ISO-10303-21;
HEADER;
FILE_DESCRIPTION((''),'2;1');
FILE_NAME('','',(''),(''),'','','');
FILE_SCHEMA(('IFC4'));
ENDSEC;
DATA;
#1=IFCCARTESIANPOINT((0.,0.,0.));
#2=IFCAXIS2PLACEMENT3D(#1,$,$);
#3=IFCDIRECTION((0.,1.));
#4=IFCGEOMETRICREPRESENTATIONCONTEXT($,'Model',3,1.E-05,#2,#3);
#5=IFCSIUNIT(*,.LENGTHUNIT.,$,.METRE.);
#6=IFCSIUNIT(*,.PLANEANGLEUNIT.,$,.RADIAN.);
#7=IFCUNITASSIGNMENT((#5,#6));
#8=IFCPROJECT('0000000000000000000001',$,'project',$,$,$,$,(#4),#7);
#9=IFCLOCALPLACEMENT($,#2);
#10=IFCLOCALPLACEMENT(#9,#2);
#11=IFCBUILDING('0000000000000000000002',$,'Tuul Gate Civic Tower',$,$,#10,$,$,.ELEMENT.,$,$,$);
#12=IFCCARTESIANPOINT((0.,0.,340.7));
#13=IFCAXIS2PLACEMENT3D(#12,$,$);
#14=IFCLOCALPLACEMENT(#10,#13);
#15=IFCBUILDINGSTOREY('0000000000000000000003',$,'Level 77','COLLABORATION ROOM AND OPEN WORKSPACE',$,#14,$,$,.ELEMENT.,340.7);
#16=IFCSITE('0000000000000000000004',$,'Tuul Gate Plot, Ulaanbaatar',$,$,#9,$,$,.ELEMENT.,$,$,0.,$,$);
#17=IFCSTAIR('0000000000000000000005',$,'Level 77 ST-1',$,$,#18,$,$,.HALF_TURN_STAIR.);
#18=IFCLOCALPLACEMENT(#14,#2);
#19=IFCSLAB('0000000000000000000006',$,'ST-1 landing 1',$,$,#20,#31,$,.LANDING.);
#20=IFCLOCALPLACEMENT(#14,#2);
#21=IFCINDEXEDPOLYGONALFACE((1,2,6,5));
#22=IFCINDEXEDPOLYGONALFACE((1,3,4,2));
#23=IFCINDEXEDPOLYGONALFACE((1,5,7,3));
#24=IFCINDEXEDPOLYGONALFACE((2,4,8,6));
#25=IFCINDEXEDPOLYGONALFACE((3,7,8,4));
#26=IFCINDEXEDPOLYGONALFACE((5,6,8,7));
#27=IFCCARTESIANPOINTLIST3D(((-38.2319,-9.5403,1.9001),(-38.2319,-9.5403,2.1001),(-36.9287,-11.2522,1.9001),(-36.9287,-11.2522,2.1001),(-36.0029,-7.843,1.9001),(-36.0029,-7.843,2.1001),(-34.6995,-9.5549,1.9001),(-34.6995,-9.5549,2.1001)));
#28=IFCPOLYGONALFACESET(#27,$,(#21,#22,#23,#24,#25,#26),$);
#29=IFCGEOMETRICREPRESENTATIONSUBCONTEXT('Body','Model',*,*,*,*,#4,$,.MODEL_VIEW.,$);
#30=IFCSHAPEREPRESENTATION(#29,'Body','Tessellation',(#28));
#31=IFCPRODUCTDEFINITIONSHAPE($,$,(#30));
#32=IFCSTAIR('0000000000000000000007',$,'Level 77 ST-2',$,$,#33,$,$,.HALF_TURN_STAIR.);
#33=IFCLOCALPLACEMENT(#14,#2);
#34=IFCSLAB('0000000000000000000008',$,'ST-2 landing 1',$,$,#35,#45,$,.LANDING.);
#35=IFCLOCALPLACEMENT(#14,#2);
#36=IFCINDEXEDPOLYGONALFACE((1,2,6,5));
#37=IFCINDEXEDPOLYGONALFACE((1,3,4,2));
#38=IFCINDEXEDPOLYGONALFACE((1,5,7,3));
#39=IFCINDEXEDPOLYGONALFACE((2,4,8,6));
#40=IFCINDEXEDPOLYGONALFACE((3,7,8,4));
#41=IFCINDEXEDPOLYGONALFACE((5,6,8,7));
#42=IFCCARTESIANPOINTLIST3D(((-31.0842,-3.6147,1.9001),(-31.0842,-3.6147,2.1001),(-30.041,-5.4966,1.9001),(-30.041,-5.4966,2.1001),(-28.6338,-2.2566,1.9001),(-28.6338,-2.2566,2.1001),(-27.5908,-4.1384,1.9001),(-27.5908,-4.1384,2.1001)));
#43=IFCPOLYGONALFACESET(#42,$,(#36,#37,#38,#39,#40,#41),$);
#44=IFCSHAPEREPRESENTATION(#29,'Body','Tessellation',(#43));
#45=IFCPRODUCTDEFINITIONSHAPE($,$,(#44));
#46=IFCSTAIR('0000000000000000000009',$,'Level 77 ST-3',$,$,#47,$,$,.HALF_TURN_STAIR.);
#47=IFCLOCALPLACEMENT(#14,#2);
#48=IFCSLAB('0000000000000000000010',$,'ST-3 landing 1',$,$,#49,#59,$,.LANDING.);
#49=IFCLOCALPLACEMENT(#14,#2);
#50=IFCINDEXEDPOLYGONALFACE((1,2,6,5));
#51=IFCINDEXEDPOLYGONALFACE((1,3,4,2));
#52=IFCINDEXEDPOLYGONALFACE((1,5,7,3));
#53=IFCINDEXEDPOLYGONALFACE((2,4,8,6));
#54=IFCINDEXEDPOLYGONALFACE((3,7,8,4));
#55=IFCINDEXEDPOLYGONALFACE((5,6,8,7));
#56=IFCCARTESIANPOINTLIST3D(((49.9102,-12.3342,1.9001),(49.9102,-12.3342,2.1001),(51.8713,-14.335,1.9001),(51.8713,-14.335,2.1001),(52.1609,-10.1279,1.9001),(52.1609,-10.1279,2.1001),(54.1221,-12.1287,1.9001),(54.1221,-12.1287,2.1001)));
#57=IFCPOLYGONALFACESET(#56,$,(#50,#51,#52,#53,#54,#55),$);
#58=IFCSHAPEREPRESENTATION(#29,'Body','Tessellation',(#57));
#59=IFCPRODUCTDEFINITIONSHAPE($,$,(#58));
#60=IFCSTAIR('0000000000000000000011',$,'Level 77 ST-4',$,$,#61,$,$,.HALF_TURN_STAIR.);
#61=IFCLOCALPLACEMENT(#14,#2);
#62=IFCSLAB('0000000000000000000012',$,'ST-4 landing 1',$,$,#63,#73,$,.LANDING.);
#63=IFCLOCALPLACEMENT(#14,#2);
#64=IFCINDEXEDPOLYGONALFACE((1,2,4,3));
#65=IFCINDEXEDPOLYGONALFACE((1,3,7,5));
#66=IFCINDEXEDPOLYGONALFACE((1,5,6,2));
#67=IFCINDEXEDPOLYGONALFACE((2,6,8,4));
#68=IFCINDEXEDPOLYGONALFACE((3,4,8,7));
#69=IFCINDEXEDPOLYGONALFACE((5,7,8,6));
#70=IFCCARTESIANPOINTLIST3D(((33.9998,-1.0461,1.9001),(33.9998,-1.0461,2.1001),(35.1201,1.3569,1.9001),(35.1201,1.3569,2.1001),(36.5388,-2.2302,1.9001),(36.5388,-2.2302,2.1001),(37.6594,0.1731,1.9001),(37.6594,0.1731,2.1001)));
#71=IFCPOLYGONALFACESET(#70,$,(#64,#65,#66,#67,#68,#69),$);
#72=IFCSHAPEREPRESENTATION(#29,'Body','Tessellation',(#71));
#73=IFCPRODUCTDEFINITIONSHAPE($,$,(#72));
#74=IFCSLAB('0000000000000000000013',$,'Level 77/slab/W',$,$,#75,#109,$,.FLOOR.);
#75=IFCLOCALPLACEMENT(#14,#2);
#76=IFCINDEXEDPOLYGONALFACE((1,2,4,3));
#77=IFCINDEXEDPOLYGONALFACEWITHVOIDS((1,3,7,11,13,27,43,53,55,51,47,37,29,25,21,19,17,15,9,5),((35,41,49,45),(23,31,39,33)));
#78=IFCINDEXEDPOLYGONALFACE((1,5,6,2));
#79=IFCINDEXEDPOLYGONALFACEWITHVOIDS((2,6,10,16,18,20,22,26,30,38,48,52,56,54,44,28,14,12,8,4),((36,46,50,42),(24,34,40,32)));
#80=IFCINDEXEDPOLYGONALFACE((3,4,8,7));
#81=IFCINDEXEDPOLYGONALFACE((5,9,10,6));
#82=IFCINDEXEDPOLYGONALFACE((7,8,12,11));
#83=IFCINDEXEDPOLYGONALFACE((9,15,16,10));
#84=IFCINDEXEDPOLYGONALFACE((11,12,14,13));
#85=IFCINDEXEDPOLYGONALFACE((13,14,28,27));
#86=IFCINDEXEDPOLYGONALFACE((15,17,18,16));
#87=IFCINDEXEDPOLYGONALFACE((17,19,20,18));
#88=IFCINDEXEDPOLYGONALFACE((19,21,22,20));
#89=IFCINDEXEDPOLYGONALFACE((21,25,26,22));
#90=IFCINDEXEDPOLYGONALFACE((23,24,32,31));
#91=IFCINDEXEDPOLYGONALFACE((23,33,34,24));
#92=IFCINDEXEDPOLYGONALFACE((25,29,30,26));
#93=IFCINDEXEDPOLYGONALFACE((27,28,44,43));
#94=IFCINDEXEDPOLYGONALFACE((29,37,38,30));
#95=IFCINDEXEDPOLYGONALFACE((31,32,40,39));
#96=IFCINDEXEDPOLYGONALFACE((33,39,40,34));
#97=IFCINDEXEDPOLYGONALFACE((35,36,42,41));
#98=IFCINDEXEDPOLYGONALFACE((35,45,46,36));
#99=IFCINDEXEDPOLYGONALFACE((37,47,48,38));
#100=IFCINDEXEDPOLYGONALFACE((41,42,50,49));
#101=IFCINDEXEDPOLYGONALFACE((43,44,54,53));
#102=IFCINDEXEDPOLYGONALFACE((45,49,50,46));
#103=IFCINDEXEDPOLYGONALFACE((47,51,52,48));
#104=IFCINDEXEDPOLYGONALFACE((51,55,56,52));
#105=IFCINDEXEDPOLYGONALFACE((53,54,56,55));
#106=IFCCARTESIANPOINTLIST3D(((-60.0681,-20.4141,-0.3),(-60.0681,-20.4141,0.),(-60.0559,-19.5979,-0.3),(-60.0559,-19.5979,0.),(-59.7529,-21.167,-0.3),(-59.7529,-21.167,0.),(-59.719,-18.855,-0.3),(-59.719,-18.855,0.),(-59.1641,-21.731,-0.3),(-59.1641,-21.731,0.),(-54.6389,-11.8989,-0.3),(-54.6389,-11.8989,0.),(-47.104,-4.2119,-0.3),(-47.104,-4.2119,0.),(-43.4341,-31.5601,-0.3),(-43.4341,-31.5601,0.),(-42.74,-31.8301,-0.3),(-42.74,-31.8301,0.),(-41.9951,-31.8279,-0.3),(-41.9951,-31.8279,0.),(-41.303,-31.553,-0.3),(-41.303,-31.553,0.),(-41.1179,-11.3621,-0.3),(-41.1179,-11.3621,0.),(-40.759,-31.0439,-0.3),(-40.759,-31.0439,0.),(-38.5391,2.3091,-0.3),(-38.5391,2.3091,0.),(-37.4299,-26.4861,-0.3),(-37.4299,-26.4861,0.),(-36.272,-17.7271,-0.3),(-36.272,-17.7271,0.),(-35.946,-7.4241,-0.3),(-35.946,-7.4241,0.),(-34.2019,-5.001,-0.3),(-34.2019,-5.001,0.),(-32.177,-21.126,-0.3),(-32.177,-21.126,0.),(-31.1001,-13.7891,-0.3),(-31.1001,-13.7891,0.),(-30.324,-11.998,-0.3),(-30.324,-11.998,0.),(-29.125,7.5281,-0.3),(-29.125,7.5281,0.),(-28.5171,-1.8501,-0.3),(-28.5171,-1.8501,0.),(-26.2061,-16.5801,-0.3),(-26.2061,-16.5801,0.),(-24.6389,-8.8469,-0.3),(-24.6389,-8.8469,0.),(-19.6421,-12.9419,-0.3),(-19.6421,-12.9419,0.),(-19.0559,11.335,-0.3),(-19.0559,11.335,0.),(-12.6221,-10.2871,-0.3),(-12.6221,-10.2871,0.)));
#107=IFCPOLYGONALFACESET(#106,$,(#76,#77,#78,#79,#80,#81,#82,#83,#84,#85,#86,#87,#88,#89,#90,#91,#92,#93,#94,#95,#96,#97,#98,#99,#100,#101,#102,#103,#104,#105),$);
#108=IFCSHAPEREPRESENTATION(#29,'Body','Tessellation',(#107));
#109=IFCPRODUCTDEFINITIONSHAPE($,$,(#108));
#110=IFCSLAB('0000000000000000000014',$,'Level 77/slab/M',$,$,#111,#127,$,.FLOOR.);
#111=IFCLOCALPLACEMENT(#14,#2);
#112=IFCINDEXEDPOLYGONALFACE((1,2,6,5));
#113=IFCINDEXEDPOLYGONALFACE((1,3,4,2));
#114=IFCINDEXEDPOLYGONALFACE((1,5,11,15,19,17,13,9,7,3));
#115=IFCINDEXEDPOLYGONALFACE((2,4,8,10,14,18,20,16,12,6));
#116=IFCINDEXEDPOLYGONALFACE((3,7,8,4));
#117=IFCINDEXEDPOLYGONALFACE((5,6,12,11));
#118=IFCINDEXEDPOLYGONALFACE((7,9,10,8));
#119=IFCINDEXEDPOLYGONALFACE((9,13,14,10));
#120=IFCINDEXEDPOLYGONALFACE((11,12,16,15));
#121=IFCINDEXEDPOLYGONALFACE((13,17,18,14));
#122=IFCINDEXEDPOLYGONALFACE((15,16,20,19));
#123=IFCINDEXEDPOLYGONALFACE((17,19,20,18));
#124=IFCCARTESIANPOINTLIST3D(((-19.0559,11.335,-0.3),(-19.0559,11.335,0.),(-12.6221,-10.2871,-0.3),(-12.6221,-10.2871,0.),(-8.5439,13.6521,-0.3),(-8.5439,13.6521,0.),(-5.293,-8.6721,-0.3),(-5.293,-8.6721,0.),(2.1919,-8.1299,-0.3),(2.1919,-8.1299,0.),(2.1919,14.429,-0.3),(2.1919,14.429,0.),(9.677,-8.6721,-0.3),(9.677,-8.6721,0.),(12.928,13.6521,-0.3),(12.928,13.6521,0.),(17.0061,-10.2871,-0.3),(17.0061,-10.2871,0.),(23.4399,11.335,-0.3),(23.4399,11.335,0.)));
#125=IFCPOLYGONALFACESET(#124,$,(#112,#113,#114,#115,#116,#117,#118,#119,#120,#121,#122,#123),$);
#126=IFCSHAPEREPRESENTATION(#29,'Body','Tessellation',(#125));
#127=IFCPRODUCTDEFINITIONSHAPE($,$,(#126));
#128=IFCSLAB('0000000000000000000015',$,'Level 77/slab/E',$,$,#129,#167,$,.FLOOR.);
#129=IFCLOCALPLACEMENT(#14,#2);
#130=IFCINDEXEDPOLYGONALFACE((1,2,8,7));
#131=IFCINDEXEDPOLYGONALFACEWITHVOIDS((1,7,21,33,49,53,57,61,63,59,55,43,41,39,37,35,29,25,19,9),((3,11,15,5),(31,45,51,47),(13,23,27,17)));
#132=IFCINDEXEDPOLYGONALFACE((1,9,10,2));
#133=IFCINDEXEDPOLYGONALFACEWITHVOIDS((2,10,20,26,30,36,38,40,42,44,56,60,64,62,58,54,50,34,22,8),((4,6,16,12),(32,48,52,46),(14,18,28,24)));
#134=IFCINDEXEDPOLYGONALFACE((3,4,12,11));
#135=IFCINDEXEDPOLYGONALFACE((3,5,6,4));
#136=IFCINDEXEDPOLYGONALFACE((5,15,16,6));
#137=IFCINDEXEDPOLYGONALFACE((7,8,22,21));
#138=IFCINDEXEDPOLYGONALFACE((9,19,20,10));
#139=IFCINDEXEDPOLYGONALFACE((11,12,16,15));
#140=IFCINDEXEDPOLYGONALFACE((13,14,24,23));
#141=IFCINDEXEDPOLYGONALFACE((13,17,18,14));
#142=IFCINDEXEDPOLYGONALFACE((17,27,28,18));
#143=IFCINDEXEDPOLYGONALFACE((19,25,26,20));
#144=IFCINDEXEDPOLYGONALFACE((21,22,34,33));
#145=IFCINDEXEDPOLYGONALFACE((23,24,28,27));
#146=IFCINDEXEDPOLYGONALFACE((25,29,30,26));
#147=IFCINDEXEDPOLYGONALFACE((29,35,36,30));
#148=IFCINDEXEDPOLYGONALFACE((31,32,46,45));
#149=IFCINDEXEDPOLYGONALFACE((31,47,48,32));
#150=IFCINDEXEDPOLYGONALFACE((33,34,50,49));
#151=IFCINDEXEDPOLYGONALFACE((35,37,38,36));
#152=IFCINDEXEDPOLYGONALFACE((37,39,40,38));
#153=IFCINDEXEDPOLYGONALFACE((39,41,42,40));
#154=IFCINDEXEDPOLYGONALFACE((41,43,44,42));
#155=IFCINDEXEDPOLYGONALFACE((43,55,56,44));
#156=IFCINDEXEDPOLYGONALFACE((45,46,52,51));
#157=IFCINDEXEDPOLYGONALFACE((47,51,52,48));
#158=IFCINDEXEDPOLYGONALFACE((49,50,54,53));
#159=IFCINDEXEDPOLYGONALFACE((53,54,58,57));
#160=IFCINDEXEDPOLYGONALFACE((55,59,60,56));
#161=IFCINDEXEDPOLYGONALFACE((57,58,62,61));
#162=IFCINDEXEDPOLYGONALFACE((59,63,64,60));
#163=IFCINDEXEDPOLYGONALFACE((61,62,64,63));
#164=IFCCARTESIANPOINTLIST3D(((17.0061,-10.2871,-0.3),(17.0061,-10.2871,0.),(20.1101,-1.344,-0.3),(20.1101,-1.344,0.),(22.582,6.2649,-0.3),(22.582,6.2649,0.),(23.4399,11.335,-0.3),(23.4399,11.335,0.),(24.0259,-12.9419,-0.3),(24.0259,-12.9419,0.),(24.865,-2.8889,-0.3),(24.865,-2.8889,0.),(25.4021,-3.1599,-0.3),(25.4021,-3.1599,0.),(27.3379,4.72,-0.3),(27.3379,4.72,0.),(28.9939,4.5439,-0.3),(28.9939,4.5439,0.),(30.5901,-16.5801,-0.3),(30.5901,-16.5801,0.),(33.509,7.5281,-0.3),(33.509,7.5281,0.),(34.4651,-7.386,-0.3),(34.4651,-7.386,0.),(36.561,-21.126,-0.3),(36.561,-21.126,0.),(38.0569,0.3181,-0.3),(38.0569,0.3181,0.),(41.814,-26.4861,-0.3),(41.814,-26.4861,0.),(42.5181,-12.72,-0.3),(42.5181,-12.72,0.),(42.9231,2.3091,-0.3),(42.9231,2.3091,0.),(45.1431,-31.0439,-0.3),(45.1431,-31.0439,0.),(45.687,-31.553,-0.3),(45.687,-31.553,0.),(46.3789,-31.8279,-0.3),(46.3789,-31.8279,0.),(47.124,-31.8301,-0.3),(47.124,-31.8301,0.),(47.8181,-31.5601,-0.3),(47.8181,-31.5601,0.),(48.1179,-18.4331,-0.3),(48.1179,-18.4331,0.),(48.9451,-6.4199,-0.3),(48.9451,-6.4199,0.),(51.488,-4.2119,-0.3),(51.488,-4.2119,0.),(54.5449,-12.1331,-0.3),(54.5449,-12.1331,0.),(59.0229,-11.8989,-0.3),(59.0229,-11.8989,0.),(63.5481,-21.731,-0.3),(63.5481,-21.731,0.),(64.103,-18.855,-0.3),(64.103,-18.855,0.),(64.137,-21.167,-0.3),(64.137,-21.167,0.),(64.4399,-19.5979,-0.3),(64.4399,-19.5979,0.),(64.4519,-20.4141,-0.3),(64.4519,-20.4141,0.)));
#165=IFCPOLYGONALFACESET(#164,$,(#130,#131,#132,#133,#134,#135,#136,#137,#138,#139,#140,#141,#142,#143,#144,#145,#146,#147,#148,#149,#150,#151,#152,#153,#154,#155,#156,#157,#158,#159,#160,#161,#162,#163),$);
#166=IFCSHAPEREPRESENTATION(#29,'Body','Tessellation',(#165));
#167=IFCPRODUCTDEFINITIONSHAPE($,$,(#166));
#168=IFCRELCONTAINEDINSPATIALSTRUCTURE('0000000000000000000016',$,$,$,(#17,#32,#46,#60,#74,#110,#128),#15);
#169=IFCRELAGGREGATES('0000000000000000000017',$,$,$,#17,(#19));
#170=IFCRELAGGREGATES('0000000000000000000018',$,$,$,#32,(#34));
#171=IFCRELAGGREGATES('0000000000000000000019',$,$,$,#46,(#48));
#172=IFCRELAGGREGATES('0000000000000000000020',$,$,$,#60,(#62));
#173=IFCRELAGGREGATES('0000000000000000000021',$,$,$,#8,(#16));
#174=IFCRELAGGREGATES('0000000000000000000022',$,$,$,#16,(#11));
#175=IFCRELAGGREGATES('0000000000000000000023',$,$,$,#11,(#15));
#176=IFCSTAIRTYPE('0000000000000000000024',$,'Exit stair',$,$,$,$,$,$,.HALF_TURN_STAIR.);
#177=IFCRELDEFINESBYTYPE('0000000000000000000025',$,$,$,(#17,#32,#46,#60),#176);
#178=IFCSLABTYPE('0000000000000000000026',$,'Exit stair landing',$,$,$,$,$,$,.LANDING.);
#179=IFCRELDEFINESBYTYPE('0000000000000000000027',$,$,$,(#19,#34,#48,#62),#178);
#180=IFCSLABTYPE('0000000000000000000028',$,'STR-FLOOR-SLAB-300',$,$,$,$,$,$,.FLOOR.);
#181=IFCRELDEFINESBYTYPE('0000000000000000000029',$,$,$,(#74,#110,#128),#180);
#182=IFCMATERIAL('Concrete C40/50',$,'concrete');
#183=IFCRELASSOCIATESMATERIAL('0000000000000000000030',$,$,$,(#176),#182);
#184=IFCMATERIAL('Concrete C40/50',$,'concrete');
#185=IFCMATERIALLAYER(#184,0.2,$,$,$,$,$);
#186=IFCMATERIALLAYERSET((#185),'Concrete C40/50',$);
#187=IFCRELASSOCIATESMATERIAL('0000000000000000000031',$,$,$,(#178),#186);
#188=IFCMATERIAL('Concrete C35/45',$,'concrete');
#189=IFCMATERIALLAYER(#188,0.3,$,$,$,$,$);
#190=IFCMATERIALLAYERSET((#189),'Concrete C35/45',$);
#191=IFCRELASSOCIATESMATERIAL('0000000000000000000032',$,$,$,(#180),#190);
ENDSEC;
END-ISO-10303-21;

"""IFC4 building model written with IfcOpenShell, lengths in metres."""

from ifc_helpers import new_model, si_unit, direction, frame, origin, place, context, subcontext, project, spatial, polyline, outline, extrude, material, layer, layer_set, type_object, element, aggregate, save


model = new_model("IFC4")

# Units and contexts
model_context = context("Model", 3, precision=1e-05, world=origin(), true_north=direction((0.0, 1.0)))
body_context = subcontext(model_context, "Body", "Model", "MODEL_VIEW")
ifc_project = project(units=[si_unit("LENGTHUNIT", "METRE"), si_unit("PLANEANGLEUNIT", "RADIAN")], contexts=[model_context])

# Site, building, storey
site_placement = place(None, origin())
site = spatial("IfcSite", under=ifc_project, at=site_placement, Name="Tuul Gate Plot, Ulaanbaatar", CompositionType="ELEMENT", RefElevation=0.0)
building_placement = place(site_placement, origin())
building = spatial("IfcBuilding", under=site, at=building_placement, Name="Tuul Gate Civic Tower", CompositionType="ELEMENT")
storey_placement = place(building_placement, frame((0.0, 0.0, 340.7)))
storey = spatial("IfcBuildingStorey", under=building, at=storey_placement, Name="Level 77", Description="COLLABORATION ROOM AND OPEN WORKSPACE", CompositionType="ELEMENT", Elevation=340.7)

# Stairs, slabs
ifc_material_1 = material(Name="Concrete C40/50", Category="concrete")
stair_type = type_object("IfcStairType", Name="Exit stair", PredefinedType="HALF_TURN_STAIR", material=ifc_material_1)
stair_1_placement = place(storey_placement, origin())
stair_1 = element("IfcStair", 1, at=stair_1_placement, inside=storey, type_object=stair_type, Name="Level 77 ST-1", PredefinedType="HALF_TURN_STAIR")
ifc_material_2 = material(Name="Concrete C40/50", Category="concrete")
ifc_layer_1 = layer(ifc_material_2, 0.2)
ifc_layer_set_1 = layer_set([ifc_layer_1], Name="Concrete C40/50")
slab_type_1 = type_object("IfcSlabType", Name="Exit stair landing", PredefinedType="LANDING", material=ifc_layer_set_1)
slab_1_placement = place(storey_placement, frame((0.0, 0.0, 1.9001)))
slab_1 = element("IfcSlab", 2, at=slab_1_placement, type_object=slab_type_1, Name="ST-1 landing 1", PredefinedType="LANDING", context=body_context, shape_type="SweptSolid", body=[
    extrude(outline(polyline([(-34.6995, -9.5549), (-36.9287, -11.2522), (-38.2319, -9.5403), (-36.0029, -7.843), (-34.6995, -9.5549)])), origin(), (0.0, 0.0, 1.0), 0.2),
])
aggregate(stair_1, [slab_1])
stair_2_placement = place(storey_placement, origin())
stair_2 = element("IfcStair", 3, at=stair_2_placement, inside=storey, type_object=stair_type, Name="Level 77 ST-2", PredefinedType="HALF_TURN_STAIR")
slab_2_placement = place(storey_placement, frame((0.0, 0.0, 1.9001)))
slab_2 = element("IfcSlab", 4, at=slab_2_placement, type_object=slab_type_1, Name="ST-2 landing 1", PredefinedType="LANDING", context=body_context, shape_type="SweptSolid", body=[
    extrude(outline(polyline([(-27.5908, -4.1384), (-30.041, -5.4966), (-31.0842, -3.6147), (-28.6338, -2.2566), (-27.5908, -4.1384)])), origin(), (0.0, 0.0, 1.0), 0.2),
])
aggregate(stair_2, [slab_2])
stair_3_placement = place(storey_placement, origin())
stair_3 = element("IfcStair", 5, at=stair_3_placement, inside=storey, type_object=stair_type, Name="Level 77 ST-3", PredefinedType="HALF_TURN_STAIR")
slab_3_placement = place(storey_placement, frame((0.0, 0.0, 1.9001)))
slab_3 = element("IfcSlab", 6, at=slab_3_placement, type_object=slab_type_1, Name="ST-3 landing 1", PredefinedType="LANDING", context=body_context, shape_type="SweptSolid", body=[
    extrude(outline(polyline([(51.8713, -14.335), (49.9102, -12.3342), (52.1609, -10.1279), (54.1221, -12.1287), (51.8713, -14.335)])), origin(), (0.0, 0.0, 1.0), 0.2),
])
aggregate(stair_3, [slab_3])
stair_4_placement = place(storey_placement, origin())
stair_4 = element("IfcStair", 7, at=stair_4_placement, inside=storey, type_object=stair_type, Name="Level 77 ST-4", PredefinedType="HALF_TURN_STAIR")
slab_4_placement = place(storey_placement, frame((0.0, 0.0, 1.9001)))
slab_4 = element("IfcSlab", 8, at=slab_4_placement, type_object=slab_type_1, Name="ST-4 landing 1", PredefinedType="LANDING", context=body_context, shape_type="SweptSolid", body=[
    extrude(outline(polyline([(36.5388, -2.2302), (33.9998, -1.0461), (35.1201, 1.3569), (37.6594, 0.1731), (36.5388, -2.2302)])), origin(), (0.0, 0.0, 1.0), 0.2),
])
aggregate(stair_4, [slab_4])

# Slabs
ifc_material_3 = material(Name="Concrete C35/45", Category="concrete")
ifc_layer_2 = layer(ifc_material_3, 0.3)
ifc_layer_set_2 = layer_set([ifc_layer_2], Name="Concrete C35/45")
slab_type_2 = type_object("IfcSlabType", Name="STR-FLOOR-SLAB-300", PredefinedType="FLOOR", material=ifc_layer_set_2)
slab_5_placement = place(storey_placement, frame((0.0, 0.0, -0.3)))
element("IfcSlab", 9, at=slab_5_placement, inside=storey, type_object=slab_type_2, Name="Level 77/slab/W", PredefinedType="FLOOR", context=body_context, shape_type="SweptSolid", body=[
    extrude(outline(polyline([(-19.6421, -12.9419), (-12.6221, -10.2871), (-19.0559, 11.335), (-29.125, 7.5281), (-38.5391, 2.3091), (-47.104, -4.2119), (-54.6389, -11.8989), (-59.719, -18.855), (-60.0559, -19.5979), (-60.0681, -20.4141), (-59.7529, -21.167), (-59.1641, -21.731), (-43.4341, -31.5601), (-42.74, -31.8301), (-41.9951, -31.8279), (-41.303, -31.553), (-40.759, -31.0439), (-37.4299, -26.4861), (-32.177, -21.126), (-26.2061, -16.5801), (-19.6421, -12.9419)]), holes=[polyline([(-31.1001, -13.7891), (-36.272, -17.7271), (-41.1179, -11.3621), (-35.946, -7.4241), (-31.1001, -13.7891)]), polyline([(-24.6389, -8.8469), (-30.324, -11.998), (-34.2019, -5.001), (-28.5171, -1.8501), (-24.6389, -8.8469)])]), origin(), (0.0, 0.0, 1.0), 0.3),
])
slab_6_placement = place(storey_placement, frame((0.0, 0.0, -0.3)))
element("IfcSlab", 10, at=slab_6_placement, inside=storey, type_object=slab_type_2, Name="Level 77/slab/M", PredefinedType="FLOOR", context=body_context, shape_type="SweptSolid", body=[
    extrude(outline(polyline([(17.0061, -10.2871), (23.4399, 11.335), (12.928, 13.6521), (2.1919, 14.429), (-8.5439, 13.6521), (-19.0559, 11.335), (-12.6221, -10.2871), (-5.293, -8.6721), (2.1919, -8.1299), (9.677, -8.6721), (17.0061, -10.2871)])), origin(), (0.0, 0.0, 1.0), 0.3),
])
slab_7_placement = place(storey_placement, frame((0.0, 0.0, -0.3)))
element("IfcSlab", 11, at=slab_7_placement, inside=storey, type_object=slab_type_2, Name="Level 77/slab/E", PredefinedType="FLOOR", context=body_context, shape_type="SweptSolid", body=[
    extrude(outline(polyline([(47.124, -31.8301), (47.8181, -31.5601), (63.5481, -21.731), (64.137, -21.167), (64.4519, -20.4141), (64.4399, -19.5979), (64.103, -18.855), (59.0229, -11.8989), (51.488, -4.2119), (42.9231, 2.3091), (33.509, 7.5281), (23.4399, 11.335), (17.0061, -10.2871), (24.0259, -12.9419), (30.5901, -16.5801), (36.561, -21.126), (41.814, -26.4861), (45.1431, -31.0439), (45.687, -31.553), (46.3789, -31.8279), (47.124, -31.8301)]), holes=[polyline([(48.1179, -18.4331), (42.5181, -12.72), (48.9451, -6.4199), (54.5449, -12.1331), (48.1179, -18.4331)]), polyline([(25.4021, -3.1599), (28.9939, 4.5439), (38.0569, 0.3181), (34.4651, -7.386), (25.4021, -3.1599)]), polyline([(20.1101, -1.344), (22.582, 6.2649), (27.3379, 4.72), (24.865, -2.8889), (20.1101, -1.344)])]), origin(), (0.0, 0.0, 1.0), 0.3),
])

save(model, "model.ifc")
